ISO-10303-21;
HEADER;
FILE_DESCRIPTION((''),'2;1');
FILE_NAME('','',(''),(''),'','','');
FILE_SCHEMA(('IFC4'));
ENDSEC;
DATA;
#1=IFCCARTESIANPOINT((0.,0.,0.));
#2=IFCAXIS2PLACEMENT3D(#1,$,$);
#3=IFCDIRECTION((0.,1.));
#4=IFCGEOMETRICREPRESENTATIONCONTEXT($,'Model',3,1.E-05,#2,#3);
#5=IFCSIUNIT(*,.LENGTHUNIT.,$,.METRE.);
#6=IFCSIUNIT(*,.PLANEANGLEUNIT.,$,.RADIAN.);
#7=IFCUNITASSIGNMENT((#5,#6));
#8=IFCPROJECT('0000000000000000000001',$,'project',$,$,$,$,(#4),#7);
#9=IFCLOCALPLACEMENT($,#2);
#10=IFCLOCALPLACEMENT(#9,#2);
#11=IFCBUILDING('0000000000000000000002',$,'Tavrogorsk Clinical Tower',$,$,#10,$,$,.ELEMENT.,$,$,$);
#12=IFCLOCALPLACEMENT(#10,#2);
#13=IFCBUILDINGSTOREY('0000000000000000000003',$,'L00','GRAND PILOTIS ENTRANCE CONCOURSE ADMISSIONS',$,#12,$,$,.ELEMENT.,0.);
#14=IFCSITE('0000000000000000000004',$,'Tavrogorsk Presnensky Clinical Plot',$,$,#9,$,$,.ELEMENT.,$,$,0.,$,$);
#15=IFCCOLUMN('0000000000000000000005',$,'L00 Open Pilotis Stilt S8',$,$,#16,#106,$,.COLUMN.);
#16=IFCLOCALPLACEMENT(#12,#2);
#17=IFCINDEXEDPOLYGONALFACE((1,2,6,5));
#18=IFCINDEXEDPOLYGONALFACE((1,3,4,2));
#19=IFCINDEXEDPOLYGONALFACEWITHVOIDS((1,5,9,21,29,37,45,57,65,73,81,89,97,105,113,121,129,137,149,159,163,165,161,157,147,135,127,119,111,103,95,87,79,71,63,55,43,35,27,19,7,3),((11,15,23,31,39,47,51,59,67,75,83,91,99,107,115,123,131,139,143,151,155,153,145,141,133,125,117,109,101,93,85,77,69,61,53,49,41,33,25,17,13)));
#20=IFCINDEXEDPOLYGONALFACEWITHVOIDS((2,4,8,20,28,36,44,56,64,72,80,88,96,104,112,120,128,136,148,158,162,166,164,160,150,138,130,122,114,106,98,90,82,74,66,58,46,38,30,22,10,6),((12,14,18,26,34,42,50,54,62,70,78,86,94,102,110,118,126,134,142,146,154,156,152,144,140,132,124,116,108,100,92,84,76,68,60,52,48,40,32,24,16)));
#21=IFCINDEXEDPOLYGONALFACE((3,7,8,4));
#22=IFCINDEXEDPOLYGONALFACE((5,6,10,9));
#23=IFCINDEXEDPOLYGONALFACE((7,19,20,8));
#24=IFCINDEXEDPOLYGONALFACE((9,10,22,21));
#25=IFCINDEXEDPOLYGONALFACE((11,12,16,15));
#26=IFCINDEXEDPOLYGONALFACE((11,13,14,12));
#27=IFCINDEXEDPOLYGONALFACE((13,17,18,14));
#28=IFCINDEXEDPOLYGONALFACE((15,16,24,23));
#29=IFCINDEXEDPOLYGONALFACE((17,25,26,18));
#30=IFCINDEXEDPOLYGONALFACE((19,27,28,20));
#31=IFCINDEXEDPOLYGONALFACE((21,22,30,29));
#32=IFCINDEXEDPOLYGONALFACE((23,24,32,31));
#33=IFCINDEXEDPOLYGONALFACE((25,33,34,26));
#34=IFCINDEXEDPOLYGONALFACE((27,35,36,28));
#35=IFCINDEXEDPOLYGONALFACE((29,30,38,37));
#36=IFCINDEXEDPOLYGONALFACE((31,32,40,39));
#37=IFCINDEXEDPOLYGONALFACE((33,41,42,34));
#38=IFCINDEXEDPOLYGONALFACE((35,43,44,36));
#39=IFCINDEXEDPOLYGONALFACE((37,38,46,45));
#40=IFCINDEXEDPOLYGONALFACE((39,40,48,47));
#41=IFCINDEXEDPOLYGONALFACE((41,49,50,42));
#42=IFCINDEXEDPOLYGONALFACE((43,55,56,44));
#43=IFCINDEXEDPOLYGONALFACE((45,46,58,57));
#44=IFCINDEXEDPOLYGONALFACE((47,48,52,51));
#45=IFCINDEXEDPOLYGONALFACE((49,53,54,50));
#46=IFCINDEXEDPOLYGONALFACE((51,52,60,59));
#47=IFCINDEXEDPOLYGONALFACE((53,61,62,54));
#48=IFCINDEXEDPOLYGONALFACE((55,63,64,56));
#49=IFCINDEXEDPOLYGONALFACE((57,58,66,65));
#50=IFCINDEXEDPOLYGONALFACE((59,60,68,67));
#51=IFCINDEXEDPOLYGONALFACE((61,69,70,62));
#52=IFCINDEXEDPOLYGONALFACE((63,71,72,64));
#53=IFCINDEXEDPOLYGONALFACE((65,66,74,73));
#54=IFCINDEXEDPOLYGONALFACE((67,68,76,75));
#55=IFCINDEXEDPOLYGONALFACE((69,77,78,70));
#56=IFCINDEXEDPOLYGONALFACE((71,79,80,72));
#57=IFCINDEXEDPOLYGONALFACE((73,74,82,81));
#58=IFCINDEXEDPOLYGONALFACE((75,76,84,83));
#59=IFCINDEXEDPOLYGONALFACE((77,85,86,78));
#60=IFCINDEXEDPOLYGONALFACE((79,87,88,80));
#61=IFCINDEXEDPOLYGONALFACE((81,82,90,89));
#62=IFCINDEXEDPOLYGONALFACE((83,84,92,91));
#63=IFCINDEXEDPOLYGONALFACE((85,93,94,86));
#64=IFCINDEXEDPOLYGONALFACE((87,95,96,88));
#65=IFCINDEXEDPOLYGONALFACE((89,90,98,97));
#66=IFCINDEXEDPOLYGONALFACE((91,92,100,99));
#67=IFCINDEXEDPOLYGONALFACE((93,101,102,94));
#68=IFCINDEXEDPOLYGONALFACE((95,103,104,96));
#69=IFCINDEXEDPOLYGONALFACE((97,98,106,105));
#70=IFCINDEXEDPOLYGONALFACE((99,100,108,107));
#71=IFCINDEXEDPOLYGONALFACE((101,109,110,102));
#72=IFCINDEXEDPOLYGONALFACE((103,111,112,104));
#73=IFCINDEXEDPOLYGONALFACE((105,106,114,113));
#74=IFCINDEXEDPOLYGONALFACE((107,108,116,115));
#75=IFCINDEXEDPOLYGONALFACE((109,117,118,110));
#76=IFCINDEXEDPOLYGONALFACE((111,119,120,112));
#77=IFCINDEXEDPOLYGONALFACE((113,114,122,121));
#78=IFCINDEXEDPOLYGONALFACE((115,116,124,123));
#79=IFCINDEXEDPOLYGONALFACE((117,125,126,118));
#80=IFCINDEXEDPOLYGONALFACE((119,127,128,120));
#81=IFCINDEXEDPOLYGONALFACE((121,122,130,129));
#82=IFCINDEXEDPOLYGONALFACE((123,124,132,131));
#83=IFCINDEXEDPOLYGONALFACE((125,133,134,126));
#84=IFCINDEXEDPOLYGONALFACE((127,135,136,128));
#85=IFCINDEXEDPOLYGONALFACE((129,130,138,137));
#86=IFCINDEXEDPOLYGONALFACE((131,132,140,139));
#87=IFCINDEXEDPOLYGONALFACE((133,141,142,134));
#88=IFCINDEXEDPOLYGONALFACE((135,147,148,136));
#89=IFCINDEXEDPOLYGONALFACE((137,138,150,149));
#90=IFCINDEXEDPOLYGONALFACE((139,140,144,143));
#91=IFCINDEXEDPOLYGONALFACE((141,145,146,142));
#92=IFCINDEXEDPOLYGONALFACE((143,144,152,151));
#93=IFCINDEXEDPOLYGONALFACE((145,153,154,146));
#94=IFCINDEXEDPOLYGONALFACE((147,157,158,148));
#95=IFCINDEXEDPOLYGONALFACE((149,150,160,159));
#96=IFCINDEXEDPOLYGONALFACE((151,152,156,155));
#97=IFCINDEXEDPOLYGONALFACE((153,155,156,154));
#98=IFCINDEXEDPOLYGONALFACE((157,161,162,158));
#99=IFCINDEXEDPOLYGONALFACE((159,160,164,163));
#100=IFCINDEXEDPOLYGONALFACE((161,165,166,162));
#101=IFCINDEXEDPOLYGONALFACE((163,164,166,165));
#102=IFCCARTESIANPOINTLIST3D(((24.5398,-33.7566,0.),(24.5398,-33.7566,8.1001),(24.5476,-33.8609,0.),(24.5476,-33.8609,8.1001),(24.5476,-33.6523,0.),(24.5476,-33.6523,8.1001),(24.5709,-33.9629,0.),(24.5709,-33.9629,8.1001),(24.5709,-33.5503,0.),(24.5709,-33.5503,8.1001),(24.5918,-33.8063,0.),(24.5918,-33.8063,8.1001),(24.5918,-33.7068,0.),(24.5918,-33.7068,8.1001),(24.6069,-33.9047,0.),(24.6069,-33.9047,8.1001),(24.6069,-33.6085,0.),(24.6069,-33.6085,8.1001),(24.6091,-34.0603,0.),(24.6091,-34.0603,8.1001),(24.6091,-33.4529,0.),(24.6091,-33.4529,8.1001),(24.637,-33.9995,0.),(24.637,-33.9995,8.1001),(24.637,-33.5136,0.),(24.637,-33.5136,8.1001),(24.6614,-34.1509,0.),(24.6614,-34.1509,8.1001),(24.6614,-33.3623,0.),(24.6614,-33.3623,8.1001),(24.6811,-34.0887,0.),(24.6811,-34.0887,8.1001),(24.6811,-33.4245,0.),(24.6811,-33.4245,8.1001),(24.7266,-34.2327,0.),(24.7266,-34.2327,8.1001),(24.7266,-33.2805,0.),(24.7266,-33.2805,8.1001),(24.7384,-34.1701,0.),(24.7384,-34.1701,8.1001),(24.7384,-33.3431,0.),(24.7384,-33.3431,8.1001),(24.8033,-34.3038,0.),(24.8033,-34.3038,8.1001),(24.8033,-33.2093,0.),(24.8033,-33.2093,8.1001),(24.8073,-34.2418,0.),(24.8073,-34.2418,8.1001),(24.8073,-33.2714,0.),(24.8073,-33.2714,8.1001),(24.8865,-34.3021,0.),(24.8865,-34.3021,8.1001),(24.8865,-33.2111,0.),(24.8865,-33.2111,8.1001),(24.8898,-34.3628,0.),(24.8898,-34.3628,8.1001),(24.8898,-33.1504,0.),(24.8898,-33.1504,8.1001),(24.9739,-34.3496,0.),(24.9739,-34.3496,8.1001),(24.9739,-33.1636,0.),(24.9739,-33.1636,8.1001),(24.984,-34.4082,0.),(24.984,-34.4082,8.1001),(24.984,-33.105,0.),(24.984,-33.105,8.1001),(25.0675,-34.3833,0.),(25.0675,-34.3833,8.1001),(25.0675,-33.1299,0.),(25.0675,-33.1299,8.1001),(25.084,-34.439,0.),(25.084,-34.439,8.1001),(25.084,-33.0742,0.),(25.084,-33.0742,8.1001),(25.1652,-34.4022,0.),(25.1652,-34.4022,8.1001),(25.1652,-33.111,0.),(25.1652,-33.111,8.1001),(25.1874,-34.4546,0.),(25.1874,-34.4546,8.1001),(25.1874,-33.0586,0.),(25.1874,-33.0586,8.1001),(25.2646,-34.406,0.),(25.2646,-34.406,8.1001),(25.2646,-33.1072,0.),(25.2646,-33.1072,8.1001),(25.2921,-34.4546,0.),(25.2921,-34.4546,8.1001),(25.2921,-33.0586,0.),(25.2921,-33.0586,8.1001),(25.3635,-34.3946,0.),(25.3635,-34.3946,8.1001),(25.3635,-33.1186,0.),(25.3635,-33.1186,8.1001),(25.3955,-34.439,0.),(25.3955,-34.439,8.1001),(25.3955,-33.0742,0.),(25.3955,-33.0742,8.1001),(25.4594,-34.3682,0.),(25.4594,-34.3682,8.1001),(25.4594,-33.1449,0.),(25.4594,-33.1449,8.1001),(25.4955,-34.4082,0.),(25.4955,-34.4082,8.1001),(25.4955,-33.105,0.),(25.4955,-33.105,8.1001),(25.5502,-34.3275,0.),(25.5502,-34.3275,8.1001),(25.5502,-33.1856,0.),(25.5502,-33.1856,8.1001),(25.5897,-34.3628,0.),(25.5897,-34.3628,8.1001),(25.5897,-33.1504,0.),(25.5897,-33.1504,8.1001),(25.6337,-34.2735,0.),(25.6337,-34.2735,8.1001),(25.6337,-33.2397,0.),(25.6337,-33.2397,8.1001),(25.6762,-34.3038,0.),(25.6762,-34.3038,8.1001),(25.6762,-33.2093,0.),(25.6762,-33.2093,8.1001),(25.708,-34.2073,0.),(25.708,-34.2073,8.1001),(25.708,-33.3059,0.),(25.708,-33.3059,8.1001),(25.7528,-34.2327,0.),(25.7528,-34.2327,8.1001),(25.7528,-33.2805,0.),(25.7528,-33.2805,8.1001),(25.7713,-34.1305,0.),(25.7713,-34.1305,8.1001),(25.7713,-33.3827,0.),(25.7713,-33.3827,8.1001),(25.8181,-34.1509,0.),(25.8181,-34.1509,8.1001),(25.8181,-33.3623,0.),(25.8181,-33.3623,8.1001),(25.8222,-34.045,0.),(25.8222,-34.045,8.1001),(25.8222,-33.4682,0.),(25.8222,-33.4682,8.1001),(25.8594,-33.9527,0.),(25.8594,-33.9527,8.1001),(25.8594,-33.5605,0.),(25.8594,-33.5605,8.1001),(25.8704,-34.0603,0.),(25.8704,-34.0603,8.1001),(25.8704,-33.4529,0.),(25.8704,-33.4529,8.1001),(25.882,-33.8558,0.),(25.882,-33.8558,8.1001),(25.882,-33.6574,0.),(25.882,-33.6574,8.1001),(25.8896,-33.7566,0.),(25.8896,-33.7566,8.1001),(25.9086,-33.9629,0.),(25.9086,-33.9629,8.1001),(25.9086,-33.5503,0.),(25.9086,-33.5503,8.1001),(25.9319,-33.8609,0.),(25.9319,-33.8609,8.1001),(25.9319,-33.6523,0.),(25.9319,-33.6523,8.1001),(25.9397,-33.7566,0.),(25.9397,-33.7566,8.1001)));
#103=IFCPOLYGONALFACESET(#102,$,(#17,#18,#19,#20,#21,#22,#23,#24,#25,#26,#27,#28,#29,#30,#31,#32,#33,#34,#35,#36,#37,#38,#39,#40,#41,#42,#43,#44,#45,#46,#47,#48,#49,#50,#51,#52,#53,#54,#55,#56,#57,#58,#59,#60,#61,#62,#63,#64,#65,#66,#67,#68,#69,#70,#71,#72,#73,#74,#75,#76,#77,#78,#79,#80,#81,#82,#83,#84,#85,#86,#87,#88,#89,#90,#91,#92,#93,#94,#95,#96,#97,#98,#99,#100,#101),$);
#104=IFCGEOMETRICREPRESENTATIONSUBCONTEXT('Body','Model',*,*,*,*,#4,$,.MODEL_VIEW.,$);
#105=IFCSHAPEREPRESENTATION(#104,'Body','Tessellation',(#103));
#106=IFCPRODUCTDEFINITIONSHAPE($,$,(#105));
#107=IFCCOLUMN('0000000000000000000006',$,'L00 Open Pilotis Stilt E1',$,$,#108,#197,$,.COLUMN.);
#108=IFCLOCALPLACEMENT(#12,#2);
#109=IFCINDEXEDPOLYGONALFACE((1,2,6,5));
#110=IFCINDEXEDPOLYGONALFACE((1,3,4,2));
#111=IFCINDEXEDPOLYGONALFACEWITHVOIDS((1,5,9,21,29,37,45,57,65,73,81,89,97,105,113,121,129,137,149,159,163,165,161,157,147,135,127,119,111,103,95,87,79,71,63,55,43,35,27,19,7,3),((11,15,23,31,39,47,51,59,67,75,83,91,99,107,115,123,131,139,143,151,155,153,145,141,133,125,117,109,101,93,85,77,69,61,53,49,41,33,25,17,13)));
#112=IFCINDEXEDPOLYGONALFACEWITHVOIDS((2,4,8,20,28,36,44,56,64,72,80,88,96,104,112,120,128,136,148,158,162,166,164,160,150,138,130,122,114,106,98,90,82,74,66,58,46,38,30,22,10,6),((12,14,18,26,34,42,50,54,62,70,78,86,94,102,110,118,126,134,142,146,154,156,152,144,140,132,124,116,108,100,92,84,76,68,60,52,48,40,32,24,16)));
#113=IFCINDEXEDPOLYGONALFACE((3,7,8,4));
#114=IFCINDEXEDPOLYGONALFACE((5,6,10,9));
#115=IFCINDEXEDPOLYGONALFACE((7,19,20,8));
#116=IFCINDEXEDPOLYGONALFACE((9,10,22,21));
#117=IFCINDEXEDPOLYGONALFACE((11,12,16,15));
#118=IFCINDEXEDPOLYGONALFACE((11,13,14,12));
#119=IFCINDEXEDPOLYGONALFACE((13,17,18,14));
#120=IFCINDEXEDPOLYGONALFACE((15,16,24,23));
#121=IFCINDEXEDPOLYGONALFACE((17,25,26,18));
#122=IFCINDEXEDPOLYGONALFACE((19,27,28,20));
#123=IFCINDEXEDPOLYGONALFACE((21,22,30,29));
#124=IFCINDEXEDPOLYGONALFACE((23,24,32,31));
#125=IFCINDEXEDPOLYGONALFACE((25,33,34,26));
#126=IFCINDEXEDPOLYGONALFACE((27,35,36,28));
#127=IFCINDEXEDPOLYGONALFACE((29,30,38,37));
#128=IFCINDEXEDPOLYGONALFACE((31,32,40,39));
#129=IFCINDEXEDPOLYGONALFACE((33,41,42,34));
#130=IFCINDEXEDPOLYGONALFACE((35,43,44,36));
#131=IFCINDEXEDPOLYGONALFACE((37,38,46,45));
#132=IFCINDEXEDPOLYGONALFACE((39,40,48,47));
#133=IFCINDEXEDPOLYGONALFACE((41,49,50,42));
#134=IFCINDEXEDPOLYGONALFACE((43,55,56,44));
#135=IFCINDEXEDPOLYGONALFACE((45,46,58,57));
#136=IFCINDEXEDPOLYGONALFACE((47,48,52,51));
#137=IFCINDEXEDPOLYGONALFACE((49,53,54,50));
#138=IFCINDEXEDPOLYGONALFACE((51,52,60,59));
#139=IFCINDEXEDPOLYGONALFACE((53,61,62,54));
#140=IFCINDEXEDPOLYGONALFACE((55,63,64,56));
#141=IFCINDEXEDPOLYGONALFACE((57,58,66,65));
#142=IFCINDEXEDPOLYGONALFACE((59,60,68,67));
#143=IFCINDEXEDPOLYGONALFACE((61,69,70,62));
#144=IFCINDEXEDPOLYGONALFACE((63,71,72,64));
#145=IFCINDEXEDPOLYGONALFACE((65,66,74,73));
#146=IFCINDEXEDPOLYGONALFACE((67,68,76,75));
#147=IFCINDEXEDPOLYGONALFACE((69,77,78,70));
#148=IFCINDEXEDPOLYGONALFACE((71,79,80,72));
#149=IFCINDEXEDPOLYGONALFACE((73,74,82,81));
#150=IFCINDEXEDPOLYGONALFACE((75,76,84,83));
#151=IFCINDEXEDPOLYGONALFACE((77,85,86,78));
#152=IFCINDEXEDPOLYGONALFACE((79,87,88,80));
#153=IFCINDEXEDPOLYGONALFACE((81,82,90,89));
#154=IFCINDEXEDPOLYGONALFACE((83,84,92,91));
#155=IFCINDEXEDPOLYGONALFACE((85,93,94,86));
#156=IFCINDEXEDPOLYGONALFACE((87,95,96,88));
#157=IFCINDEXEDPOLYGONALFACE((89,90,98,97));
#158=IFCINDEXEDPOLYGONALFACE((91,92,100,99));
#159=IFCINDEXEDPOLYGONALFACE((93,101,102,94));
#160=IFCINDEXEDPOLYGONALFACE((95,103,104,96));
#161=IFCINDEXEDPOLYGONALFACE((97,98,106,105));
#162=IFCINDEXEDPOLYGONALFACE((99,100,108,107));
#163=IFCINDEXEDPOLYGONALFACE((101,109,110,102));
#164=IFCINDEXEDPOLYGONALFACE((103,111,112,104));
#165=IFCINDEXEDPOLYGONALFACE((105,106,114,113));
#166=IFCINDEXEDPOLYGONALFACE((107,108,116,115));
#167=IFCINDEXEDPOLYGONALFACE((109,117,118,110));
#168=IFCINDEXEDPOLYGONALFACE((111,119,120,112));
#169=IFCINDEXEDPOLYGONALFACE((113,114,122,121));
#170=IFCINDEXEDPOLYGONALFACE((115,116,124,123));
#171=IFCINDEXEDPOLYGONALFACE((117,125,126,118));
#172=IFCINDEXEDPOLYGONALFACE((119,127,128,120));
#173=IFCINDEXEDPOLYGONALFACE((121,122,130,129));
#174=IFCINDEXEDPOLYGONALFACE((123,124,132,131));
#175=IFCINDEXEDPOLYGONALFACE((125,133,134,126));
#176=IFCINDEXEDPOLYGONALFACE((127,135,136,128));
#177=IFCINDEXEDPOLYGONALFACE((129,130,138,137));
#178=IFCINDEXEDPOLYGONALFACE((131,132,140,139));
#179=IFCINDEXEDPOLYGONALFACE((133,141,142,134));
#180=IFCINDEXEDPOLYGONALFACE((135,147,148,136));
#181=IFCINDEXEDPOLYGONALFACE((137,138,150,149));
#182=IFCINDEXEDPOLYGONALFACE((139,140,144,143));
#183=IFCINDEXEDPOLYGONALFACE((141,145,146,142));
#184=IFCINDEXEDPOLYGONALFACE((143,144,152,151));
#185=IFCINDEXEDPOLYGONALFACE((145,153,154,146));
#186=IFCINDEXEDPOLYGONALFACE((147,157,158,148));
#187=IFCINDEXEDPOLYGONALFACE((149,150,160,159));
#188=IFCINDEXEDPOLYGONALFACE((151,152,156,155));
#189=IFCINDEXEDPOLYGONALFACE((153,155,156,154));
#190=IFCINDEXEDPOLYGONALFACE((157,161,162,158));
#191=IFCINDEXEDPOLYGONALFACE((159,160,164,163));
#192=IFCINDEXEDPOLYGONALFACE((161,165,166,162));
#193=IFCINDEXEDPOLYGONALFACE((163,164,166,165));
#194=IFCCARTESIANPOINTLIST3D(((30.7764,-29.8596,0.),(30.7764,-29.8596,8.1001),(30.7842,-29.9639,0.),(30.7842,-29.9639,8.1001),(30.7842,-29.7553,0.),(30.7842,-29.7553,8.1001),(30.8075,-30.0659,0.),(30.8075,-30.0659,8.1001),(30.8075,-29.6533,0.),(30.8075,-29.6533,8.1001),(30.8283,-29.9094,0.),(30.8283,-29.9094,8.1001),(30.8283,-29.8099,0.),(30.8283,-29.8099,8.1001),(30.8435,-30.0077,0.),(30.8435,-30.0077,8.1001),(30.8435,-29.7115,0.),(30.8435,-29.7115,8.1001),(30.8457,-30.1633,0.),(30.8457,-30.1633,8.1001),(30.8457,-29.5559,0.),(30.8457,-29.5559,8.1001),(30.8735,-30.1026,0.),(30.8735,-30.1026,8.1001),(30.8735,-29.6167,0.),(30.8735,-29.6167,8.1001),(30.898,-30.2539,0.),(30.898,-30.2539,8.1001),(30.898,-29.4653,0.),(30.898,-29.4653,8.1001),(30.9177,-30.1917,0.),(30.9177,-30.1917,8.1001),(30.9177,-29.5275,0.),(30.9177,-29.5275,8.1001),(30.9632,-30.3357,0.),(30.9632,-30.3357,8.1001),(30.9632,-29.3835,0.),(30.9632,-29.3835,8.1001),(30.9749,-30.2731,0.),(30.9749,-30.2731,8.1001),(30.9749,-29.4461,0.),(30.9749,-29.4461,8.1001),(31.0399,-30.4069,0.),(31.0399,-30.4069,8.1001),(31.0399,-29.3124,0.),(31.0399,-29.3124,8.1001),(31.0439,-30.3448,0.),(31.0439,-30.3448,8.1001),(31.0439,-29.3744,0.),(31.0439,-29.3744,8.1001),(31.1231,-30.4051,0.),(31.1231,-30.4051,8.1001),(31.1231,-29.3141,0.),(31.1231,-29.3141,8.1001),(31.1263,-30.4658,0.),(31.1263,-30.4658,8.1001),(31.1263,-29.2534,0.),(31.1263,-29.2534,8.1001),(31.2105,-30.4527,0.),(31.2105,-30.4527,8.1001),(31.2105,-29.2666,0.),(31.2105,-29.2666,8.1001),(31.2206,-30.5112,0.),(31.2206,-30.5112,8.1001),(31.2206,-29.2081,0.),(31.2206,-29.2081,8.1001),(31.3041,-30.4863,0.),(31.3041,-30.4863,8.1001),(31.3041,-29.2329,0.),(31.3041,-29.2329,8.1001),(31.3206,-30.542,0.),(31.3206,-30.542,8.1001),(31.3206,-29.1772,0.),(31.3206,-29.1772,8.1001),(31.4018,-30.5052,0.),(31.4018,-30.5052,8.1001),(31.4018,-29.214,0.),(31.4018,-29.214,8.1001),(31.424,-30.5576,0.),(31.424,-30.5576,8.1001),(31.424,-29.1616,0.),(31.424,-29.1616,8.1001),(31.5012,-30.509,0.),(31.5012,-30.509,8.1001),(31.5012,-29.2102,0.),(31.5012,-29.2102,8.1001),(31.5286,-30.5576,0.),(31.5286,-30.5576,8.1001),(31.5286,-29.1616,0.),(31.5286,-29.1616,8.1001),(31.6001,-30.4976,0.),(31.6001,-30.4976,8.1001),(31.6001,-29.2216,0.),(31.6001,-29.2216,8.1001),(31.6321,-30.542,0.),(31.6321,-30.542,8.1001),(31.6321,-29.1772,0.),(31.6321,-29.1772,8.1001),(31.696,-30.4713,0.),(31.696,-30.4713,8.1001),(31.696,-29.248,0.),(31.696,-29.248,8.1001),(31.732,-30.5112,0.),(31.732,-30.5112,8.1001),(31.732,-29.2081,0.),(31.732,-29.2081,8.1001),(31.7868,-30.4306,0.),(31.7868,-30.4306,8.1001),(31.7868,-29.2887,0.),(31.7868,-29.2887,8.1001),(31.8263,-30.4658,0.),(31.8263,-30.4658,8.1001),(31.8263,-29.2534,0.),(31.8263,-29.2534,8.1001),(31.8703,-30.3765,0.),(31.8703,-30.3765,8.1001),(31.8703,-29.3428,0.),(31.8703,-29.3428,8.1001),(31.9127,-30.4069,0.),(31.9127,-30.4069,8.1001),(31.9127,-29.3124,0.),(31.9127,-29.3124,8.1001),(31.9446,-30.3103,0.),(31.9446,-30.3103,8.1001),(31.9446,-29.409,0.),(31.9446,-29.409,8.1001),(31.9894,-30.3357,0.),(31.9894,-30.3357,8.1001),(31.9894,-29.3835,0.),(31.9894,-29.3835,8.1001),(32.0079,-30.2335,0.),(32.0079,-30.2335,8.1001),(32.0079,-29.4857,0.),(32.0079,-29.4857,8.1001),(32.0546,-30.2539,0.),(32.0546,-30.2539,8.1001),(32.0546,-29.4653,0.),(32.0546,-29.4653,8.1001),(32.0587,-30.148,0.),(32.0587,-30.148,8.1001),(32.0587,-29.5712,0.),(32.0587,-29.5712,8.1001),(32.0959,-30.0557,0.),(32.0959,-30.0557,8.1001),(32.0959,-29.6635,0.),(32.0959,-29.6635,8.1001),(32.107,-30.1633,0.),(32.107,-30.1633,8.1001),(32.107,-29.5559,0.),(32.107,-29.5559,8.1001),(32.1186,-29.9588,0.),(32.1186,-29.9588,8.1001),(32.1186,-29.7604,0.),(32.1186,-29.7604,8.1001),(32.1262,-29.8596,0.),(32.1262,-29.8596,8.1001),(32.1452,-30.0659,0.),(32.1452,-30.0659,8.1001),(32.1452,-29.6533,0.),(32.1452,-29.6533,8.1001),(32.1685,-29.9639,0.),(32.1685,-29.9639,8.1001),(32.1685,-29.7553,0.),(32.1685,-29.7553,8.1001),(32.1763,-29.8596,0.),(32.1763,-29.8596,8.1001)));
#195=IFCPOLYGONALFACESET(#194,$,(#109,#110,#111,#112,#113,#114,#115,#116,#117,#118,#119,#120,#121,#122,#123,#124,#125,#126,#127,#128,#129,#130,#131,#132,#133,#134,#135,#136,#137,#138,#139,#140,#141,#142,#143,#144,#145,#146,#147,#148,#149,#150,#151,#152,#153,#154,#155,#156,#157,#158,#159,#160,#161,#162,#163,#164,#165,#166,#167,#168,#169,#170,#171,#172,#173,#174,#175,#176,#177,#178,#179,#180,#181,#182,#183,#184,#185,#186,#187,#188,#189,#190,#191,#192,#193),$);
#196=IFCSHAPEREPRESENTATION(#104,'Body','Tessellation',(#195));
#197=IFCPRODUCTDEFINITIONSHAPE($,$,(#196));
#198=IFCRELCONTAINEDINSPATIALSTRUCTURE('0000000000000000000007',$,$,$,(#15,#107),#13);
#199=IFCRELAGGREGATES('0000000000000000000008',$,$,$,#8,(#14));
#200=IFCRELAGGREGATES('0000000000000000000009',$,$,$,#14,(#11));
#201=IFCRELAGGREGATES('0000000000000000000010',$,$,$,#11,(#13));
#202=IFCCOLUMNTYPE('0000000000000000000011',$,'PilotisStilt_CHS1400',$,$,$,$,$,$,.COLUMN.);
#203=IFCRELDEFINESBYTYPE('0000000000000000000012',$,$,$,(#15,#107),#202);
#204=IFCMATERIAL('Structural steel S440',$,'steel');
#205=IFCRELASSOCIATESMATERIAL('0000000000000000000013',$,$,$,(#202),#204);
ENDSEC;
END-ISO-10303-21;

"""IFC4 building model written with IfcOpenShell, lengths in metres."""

from ifc_helpers import new_model, si_unit, direction, frame, origin, origin_2d, place, context, subcontext, project, spatial, hollow_circle, extrude, material, material_profile, profile_set, type_object, element, save


model = new_model("IFC4")

# Units and contexts
model_context = context("Model", 3, precision=1e-05, world=origin(), true_north=direction((0.0, 1.0)))
body_context = subcontext(model_context, "Body", "Model", "MODEL_VIEW")
ifc_project = project(units=[si_unit("LENGTHUNIT", "METRE"), si_unit("PLANEANGLEUNIT", "RADIAN")], contexts=[model_context])

# Site, building, storey
site_placement = place(None, origin())
site = spatial("IfcSite", under=ifc_project, at=site_placement, Name="Tavrogorsk Presnensky Clinical Plot", CompositionType="ELEMENT", RefElevation=0.0)
building_placement = place(site_placement, origin())
building = spatial("IfcBuilding", under=site, at=building_placement, Name="Tavrogorsk Clinical Tower", CompositionType="ELEMENT")
storey_placement = place(building_placement, origin())
storey = spatial("IfcBuildingStorey", under=building, at=storey_placement, Name="L00", Description="GRAND PILOTIS ENTRANCE CONCOURSE ADMISSIONS", CompositionType="ELEMENT", Elevation=0.0)

# Columns
ifc_material_1 = material(Name="Structural steel S440", Category="steel")
ifc_material_profile_1 = material_profile(ifc_material_1, hollow_circle(Radius=0.7, WallThickness=0.05, at=origin_2d()), Name="CHS-1400x50")
ifc_profile_set_1 = profile_set([ifc_material_profile_1], Name="Structural steel S440")
column_type_1 = type_object("IfcColumnType", Name="PilotisStilt_CHS1400", PredefinedType="COLUMN", material=ifc_profile_set_1)
for number, where, z_axis, x_axis, name in (
    (1, (25.2397, -33.7566, 0.0), (0.0, 0.0, 1.0), (1.0, 0.0, 0.0), "L00 Open Pilotis Stilt S8"),
    (2, (31.4763, -29.8596, 0.0), (0.0, 0.0, 1.0), (1.0, 0.0, 0.0), "L00 Open Pilotis Stilt E1"),
):
    element("IfcColumn", number, at=place(storey_placement, frame(where, z_axis=z_axis, x_axis=x_axis)), inside=storey, type_object=column_type_1, Name=name, PredefinedType="COLUMN", context=body_context, shape_type="SweptSolid", body=[
        extrude(hollow_circle(Radius=0.7, WallThickness=0.05, at=origin_2d()), origin(), (0.0, 0.0, 1.0), 8.1001),
    ])

save(model, "model.ifc")
